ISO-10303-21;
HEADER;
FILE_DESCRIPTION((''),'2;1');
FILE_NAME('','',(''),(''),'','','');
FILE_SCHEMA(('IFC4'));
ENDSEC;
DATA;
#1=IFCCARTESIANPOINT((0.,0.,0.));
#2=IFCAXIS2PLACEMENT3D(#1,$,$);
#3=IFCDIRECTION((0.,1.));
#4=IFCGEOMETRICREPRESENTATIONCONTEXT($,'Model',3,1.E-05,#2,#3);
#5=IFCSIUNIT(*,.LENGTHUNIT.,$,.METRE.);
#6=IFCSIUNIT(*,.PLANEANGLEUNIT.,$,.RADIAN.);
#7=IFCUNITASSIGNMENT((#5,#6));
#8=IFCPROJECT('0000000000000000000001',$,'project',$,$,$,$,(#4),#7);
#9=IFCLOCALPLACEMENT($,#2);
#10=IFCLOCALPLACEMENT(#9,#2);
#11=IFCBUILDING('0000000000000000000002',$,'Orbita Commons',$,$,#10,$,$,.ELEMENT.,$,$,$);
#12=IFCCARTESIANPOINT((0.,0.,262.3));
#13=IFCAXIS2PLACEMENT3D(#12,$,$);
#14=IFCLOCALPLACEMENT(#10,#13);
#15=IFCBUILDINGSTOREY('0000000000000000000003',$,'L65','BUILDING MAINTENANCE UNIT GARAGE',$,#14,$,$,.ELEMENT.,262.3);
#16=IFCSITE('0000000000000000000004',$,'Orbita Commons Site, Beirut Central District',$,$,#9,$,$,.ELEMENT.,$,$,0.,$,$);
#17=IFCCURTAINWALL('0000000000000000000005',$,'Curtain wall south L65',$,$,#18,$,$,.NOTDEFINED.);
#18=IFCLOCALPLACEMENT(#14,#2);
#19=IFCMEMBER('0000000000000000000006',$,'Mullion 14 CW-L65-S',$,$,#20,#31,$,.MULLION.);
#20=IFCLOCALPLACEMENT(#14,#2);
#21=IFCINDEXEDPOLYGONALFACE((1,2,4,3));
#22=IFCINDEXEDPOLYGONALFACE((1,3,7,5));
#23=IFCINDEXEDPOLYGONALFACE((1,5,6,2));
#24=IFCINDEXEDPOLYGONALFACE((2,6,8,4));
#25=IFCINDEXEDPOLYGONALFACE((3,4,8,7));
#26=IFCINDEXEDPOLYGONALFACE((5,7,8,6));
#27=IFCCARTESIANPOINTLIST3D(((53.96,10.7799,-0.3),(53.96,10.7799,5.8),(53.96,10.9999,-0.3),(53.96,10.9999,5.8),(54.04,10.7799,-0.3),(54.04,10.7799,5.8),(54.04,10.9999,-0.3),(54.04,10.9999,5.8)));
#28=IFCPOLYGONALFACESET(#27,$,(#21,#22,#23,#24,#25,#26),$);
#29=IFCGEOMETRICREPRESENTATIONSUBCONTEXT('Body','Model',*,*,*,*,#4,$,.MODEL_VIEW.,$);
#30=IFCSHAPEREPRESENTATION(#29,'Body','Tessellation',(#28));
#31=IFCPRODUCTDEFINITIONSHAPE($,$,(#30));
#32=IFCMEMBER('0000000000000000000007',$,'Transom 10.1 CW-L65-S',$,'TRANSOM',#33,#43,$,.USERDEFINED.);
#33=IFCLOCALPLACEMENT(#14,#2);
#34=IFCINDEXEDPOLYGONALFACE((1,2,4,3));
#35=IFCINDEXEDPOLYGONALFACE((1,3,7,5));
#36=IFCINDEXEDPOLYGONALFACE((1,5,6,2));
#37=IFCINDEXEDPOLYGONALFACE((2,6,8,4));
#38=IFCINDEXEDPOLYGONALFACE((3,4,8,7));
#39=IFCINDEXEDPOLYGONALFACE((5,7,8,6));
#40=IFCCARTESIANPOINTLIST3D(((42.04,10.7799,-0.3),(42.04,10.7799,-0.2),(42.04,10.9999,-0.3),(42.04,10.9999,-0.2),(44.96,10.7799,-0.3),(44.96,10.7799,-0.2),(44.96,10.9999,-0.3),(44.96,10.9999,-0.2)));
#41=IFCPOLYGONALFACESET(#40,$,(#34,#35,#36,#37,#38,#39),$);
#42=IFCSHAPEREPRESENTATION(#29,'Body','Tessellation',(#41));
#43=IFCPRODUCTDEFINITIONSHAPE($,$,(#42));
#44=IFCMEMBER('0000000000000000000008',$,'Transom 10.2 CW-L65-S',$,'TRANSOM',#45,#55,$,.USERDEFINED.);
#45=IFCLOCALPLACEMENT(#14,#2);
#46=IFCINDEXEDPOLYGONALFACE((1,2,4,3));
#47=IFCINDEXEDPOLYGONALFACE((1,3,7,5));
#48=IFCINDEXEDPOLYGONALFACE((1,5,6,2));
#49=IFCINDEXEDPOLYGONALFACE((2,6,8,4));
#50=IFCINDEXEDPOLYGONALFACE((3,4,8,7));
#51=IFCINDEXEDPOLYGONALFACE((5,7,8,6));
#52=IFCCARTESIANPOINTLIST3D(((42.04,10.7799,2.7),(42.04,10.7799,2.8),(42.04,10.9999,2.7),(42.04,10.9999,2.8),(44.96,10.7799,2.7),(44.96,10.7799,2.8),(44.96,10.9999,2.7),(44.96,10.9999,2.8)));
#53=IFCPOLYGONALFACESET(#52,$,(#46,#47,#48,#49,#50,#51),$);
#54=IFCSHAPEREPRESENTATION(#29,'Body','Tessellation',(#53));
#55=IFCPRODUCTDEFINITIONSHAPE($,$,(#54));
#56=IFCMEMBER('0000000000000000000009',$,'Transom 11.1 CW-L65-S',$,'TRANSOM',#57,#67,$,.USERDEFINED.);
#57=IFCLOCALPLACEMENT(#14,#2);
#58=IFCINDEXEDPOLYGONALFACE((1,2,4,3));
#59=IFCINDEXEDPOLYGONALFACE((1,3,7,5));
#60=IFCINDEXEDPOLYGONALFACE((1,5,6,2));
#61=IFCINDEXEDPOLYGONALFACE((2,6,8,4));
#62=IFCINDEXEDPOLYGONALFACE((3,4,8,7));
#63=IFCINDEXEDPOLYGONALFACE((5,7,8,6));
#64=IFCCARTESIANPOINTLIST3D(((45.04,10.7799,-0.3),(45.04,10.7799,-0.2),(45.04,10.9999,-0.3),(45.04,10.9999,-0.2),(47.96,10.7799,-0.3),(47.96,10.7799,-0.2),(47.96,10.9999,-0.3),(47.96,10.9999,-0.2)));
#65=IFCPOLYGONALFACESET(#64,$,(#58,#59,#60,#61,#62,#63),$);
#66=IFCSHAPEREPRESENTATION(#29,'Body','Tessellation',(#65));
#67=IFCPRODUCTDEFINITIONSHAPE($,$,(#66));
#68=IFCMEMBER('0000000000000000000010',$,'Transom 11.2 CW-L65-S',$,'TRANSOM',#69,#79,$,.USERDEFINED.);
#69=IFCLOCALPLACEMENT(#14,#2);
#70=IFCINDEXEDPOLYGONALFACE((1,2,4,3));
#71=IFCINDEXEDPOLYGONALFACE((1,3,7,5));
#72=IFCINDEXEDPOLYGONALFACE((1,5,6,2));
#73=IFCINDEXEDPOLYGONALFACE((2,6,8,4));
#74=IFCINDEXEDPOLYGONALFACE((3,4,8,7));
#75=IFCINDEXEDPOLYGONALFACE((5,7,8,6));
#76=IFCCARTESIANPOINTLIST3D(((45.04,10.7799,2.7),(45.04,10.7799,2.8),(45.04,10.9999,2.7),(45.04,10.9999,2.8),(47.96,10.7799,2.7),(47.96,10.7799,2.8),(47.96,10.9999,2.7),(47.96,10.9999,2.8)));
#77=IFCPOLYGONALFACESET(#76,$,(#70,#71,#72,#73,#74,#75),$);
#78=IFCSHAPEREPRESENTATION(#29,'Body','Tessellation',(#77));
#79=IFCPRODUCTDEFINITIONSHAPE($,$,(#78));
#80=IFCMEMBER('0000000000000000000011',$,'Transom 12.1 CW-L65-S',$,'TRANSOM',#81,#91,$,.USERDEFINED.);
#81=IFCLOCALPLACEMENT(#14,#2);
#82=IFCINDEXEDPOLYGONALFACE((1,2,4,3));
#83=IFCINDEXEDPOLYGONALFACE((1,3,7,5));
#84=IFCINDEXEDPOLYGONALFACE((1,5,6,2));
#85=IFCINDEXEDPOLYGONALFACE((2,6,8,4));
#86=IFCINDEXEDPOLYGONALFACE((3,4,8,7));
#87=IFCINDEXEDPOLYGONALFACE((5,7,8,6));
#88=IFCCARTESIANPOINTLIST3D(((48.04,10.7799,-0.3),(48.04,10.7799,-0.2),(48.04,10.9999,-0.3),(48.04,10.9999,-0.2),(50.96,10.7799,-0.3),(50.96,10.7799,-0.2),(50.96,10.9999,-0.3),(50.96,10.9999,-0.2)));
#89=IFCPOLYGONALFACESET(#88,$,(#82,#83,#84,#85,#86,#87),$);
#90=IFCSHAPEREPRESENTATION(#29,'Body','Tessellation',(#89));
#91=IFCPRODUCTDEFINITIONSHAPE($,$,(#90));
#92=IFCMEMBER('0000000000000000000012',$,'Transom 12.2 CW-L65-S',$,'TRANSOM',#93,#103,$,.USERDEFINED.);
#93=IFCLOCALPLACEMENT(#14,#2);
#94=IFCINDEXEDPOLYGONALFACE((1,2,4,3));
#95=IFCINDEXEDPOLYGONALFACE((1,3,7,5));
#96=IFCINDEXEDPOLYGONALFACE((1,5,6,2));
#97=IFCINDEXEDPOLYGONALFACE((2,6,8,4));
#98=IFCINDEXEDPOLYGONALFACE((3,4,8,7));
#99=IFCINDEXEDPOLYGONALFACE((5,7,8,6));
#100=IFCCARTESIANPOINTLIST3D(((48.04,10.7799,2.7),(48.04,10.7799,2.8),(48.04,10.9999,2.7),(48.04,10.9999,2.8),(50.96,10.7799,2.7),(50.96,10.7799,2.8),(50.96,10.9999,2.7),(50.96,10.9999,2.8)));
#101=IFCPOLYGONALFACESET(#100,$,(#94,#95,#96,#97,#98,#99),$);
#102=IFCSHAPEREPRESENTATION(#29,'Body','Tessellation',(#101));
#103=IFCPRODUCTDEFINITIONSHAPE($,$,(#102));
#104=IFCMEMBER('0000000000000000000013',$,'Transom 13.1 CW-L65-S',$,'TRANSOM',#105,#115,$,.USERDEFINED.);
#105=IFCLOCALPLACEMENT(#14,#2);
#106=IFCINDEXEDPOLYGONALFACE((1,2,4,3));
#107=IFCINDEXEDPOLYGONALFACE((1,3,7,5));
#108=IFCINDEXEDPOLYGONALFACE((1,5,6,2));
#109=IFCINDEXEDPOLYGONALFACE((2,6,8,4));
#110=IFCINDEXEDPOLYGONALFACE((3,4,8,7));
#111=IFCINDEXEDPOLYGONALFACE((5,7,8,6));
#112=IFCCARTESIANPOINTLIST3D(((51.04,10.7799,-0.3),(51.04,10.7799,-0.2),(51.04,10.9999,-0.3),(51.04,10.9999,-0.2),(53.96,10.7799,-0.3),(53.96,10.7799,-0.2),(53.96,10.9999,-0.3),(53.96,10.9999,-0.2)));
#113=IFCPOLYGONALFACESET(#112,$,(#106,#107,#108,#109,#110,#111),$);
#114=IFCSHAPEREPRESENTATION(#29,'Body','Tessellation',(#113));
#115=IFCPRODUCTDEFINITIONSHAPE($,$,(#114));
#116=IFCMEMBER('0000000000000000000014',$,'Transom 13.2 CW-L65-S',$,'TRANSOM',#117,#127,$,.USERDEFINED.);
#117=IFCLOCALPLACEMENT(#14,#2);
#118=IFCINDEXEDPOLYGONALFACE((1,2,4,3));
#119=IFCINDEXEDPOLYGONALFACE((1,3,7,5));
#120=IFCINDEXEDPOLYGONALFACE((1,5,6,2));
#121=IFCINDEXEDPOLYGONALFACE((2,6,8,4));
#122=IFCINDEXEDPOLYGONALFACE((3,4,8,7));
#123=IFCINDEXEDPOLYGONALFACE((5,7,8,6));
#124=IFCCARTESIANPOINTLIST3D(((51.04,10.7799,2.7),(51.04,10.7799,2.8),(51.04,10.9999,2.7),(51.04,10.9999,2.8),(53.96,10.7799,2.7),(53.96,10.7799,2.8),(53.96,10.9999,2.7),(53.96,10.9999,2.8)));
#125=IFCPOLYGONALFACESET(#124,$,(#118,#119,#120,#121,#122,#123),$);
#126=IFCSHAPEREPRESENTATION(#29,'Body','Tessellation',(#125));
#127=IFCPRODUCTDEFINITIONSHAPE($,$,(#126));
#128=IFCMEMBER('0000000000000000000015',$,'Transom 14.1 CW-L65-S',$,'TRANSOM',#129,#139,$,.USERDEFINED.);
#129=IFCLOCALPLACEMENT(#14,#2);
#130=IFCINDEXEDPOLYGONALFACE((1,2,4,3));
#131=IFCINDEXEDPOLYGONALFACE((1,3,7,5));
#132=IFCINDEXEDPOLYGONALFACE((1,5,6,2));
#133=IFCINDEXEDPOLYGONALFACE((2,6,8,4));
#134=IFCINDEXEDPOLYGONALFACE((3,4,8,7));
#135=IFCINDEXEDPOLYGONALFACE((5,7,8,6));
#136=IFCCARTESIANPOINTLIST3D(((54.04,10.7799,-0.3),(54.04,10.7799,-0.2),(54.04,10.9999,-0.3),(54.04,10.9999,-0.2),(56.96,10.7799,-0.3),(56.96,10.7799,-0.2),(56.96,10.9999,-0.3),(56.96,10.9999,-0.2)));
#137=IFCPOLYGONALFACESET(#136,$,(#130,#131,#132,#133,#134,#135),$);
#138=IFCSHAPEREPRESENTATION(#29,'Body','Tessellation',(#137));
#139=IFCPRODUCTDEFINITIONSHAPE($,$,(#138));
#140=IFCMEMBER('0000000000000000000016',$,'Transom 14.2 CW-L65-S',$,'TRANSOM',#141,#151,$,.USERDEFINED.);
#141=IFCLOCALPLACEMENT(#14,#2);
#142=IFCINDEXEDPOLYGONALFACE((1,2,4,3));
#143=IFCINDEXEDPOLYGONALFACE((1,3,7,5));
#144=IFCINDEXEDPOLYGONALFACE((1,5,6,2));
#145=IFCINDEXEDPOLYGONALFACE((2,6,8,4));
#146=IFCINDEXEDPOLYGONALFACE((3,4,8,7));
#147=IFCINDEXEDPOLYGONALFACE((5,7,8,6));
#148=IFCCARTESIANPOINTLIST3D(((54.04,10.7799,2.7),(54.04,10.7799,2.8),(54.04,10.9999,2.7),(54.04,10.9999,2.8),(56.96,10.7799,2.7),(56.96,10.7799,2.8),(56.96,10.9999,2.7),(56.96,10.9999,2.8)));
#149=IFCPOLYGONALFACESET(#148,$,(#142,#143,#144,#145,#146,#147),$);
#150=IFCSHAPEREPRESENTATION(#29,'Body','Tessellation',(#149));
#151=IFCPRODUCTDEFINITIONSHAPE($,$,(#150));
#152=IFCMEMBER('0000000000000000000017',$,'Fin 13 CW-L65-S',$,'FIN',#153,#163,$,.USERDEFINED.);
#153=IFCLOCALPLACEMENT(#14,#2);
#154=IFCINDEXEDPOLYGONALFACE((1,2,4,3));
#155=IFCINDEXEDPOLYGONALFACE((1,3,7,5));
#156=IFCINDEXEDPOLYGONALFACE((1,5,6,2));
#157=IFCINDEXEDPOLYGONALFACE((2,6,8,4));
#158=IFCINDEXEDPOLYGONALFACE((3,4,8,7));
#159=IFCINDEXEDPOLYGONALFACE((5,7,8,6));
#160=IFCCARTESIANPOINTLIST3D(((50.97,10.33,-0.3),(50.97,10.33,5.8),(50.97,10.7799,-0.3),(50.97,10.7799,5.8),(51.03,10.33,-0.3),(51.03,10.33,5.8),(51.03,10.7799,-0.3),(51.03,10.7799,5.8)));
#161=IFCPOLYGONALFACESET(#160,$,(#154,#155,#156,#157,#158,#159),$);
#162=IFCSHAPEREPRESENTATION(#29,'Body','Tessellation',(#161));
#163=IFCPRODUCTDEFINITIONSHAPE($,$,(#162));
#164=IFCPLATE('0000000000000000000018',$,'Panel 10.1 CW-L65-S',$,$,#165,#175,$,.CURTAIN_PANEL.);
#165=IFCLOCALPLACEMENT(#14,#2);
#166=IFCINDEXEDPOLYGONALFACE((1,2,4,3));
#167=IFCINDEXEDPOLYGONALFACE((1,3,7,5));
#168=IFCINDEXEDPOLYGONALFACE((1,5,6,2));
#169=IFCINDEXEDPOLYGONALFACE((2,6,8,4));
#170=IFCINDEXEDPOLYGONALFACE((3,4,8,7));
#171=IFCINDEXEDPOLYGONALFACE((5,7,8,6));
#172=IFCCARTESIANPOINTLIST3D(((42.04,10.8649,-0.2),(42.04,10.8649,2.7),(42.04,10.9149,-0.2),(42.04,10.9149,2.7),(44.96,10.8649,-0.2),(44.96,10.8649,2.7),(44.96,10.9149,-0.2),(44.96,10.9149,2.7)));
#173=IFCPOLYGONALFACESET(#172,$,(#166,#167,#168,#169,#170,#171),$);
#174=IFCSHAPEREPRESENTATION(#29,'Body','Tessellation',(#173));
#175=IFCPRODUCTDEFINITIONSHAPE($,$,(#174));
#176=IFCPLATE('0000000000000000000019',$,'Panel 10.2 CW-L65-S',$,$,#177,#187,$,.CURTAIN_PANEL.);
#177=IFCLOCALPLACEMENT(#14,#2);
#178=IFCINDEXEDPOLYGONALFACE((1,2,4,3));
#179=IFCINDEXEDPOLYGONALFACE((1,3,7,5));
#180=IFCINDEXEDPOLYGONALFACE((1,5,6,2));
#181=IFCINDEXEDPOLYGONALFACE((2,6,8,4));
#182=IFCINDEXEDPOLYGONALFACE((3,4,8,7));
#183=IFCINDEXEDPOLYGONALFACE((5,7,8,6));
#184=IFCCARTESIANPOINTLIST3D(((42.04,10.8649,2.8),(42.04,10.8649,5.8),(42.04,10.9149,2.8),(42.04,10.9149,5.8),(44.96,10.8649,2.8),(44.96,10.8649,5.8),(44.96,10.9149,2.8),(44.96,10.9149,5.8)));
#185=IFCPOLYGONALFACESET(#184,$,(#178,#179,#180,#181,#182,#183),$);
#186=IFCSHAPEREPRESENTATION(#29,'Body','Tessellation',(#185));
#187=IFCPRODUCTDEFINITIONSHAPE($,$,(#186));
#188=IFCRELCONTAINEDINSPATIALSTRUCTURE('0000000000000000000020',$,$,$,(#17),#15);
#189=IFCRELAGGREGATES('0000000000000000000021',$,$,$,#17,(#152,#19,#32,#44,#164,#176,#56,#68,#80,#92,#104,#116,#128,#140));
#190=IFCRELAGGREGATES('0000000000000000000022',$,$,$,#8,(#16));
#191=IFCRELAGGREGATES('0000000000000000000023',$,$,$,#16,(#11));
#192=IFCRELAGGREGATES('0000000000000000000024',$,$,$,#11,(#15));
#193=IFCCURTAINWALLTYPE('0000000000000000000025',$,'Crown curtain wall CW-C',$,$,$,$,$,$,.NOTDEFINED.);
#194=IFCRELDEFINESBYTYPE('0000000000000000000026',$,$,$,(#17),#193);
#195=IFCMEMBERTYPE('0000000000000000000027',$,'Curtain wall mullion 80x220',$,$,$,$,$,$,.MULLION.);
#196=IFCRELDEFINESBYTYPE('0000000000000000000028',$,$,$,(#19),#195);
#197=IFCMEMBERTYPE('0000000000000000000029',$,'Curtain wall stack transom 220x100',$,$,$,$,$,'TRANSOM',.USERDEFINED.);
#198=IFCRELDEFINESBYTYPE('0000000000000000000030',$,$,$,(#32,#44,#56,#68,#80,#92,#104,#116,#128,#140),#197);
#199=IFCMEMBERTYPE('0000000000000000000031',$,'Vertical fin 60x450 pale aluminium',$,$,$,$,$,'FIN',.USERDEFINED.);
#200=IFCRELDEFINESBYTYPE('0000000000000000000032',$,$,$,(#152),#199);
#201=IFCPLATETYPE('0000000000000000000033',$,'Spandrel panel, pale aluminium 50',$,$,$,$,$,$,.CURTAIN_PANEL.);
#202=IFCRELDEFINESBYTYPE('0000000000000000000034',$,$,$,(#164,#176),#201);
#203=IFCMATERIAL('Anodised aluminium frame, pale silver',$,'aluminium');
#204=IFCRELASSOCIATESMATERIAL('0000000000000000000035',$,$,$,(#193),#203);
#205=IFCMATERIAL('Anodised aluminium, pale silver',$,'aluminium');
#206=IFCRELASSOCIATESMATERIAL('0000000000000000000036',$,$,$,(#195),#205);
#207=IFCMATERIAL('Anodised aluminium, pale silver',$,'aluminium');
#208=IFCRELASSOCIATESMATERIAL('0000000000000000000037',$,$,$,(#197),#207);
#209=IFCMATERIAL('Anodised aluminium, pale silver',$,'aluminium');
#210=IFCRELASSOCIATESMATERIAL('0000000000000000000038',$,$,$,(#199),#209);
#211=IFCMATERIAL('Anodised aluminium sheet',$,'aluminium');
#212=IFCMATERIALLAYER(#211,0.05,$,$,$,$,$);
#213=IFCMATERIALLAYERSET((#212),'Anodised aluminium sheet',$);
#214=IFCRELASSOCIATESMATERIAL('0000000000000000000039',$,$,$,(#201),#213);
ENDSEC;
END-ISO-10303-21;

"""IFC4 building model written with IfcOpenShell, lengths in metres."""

from ifc_helpers import new_model, si_unit, direction, frame, origin, origin_2d, place, context, subcontext, project, spatial, rectangle, extrude, material, layer, layer_set, material_profile, profile_set, type_object, element, aggregate, save


model = new_model("IFC4")

# Units and contexts
model_context = context("Model", 3, precision=1e-05, world=origin(), true_north=direction((0.0, 1.0)))
body_context = subcontext(model_context, "Body", "Model", "MODEL_VIEW")
ifc_project = project(units=[si_unit("LENGTHUNIT", "METRE"), si_unit("PLANEANGLEUNIT", "RADIAN")], contexts=[model_context])

# Site, building, storey
site_placement = place(None, origin())
site = spatial("IfcSite", under=ifc_project, at=site_placement, Name="Orbita Commons Site, Beirut Central District", CompositionType="ELEMENT", RefElevation=0.0)
building_placement = place(site_placement, origin())
building = spatial("IfcBuilding", under=site, at=building_placement, Name="Orbita Commons", CompositionType="ELEMENT")
storey_placement = place(building_placement, frame((0.0, 0.0, 262.3)))
storey = spatial("IfcBuildingStorey", under=building, at=storey_placement, Name="L65", Description="BUILDING MAINTENANCE UNIT GARAGE", CompositionType="ELEMENT", Elevation=262.3)

# Curtain wall, members, plates
ifc_material_1 = material(Name="Anodised aluminium frame, pale silver", Category="aluminium")
curtain_wall_type = type_object("IfcCurtainWallType", Name="Crown curtain wall CW-C", PredefinedType="NOTDEFINED", material=ifc_material_1)
curtain_wall_placement = place(storey_placement, origin())
curtain_wall = element("IfcCurtainWall", 1, at=curtain_wall_placement, inside=storey, type_object=curtain_wall_type, Name="Curtain wall south L65", PredefinedType="NOTDEFINED")
ifc_material_2 = material(Name="Anodised aluminium, pale silver", Category="aluminium")
ifc_material_profile_1 = material_profile(ifc_material_2, rectangle(XDim=0.0801, YDim=0.22, at=origin_2d()), Name="AL 80x220")
ifc_profile_set_1 = profile_set([ifc_material_profile_1], Name="Anodised aluminium, pale silver")
member_type_1 = type_object("IfcMemberType", Name="Curtain wall mullion 80x220", PredefinedType="MULLION", material=ifc_profile_set_1)
member_1_placement = place(storey_placement, frame((54.0, 10.8899, -0.3), z_axis=(0.0, 0.0, 1.0), x_axis=(1.0, 0.0, 0.0)))
member_1 = element("IfcMember", 2, at=member_1_placement, type_object=member_type_1, Name="Mullion 14 CW-L65-S", PredefinedType="MULLION", context=body_context, shape_type="SweptSolid", body=[
    extrude(rectangle(XDim=0.0801, YDim=0.22, at=origin_2d()), origin(), (0.0, 0.0, 1.0), 6.1001),
])
ifc_material_3 = material(Name="Anodised aluminium, pale silver", Category="aluminium")
ifc_material_profile_2 = material_profile(ifc_material_3, rectangle(XDim=0.22, YDim=0.1001, at=origin_2d()), Name="AL 220x100")
ifc_profile_set_2 = profile_set([ifc_material_profile_2], Name="Anodised aluminium, pale silver")
member_type_2 = type_object("IfcMemberType", Name="Curtain wall stack transom 220x100", ElementType="TRANSOM", PredefinedType="USERDEFINED", material=ifc_profile_set_2)
member_2_placement = place(storey_placement, frame((42.04, 10.8899, -0.25), z_axis=(1.0, 0.0, 0.0), x_axis=(0.0, 1.0, 0.0)))
member_2 = element("IfcMember", 3, at=member_2_placement, type_object=member_type_2, Name="Transom 10.1 CW-L65-S", ObjectType="TRANSOM", PredefinedType="USERDEFINED", context=body_context, shape_type="SweptSolid", body=[
    extrude(rectangle(XDim=0.22, YDim=0.1001, at=origin_2d()), origin(), (0.0, 0.0, 1.0), 2.9199),
])
member_3_placement = place(storey_placement, frame((42.04, 10.8899, 2.75), z_axis=(1.0, 0.0, 0.0), x_axis=(0.0, 1.0, 0.0)))
member_3 = element("IfcMember", 4, at=member_3_placement, type_object=member_type_2, Name="Transom 10.2 CW-L65-S", ObjectType="TRANSOM", PredefinedType="USERDEFINED", context=body_context, shape_type="SweptSolid", body=[
    extrude(rectangle(XDim=0.22, YDim=0.1001, at=origin_2d()), origin(), (0.0, 0.0, 1.0), 2.9199),
])
member_4_placement = place(storey_placement, frame((45.04, 10.8899, -0.25), z_axis=(1.0, 0.0, 0.0), x_axis=(0.0, 1.0, 0.0)))
member_4 = element("IfcMember", 5, at=member_4_placement, type_object=member_type_2, Name="Transom 11.1 CW-L65-S", ObjectType="TRANSOM", PredefinedType="USERDEFINED", context=body_context, shape_type="SweptSolid", body=[
    extrude(rectangle(XDim=0.22, YDim=0.1001, at=origin_2d()), origin(), (0.0, 0.0, 1.0), 2.9199),
])
member_5_placement = place(storey_placement, frame((45.04, 10.8899, 2.75), z_axis=(1.0, 0.0, 0.0), x_axis=(0.0, 1.0, 0.0)))
member_5 = element("IfcMember", 6, at=member_5_placement, type_object=member_type_2, Name="Transom 11.2 CW-L65-S", ObjectType="TRANSOM", PredefinedType="USERDEFINED", context=body_context, shape_type="SweptSolid", body=[
    extrude(rectangle(XDim=0.22, YDim=0.1001, at=origin_2d()), origin(), (0.0, 0.0, 1.0), 2.9199),
])
member_6_placement = place(storey_placement, frame((48.04, 10.8899, -0.25), z_axis=(1.0, 0.0, 0.0), x_axis=(0.0, 1.0, 0.0)))
member_6 = element("IfcMember", 7, at=member_6_placement, type_object=member_type_2, Name="Transom 12.1 CW-L65-S", ObjectType="TRANSOM", PredefinedType="USERDEFINED", context=body_context, shape_type="SweptSolid", body=[
    extrude(rectangle(XDim=0.22, YDim=0.1001, at=origin_2d()), origin(), (0.0, 0.0, 1.0), 2.9199),
])
member_7_placement = place(storey_placement, frame((48.04, 10.8899, 2.75), z_axis=(1.0, 0.0, 0.0), x_axis=(0.0, 1.0, 0.0)))
member_7 = element("IfcMember", 8, at=member_7_placement, type_object=member_type_2, Name="Transom 12.2 CW-L65-S", ObjectType="TRANSOM", PredefinedType="USERDEFINED", context=body_context, shape_type="SweptSolid", body=[
    extrude(rectangle(XDim=0.22, YDim=0.1001, at=origin_2d()), origin(), (0.0, 0.0, 1.0), 2.9199),
])
member_8_placement = place(storey_placement, frame((51.04, 10.8899, -0.25), z_axis=(1.0, 0.0, 0.0), x_axis=(0.0, 1.0, 0.0)))
member_8 = element("IfcMember", 9, at=member_8_placement, type_object=member_type_2, Name="Transom 13.1 CW-L65-S", ObjectType="TRANSOM", PredefinedType="USERDEFINED", context=body_context, shape_type="SweptSolid", body=[
    extrude(rectangle(XDim=0.22, YDim=0.1001, at=origin_2d()), origin(), (0.0, 0.0, 1.0), 2.9199),
])
member_9_placement = place(storey_placement, frame((51.04, 10.8899, 2.75), z_axis=(1.0, 0.0, 0.0), x_axis=(0.0, 1.0, 0.0)))
member_9 = element("IfcMember", 10, at=member_9_placement, type_object=member_type_2, Name="Transom 13.2 CW-L65-S", ObjectType="TRANSOM", PredefinedType="USERDEFINED", context=body_context, shape_type="SweptSolid", body=[
    extrude(rectangle(XDim=0.22, YDim=0.1001, at=origin_2d()), origin(), (0.0, 0.0, 1.0), 2.9199),
])
member_10_placement = place(storey_placement, frame((54.04, 10.8899, -0.25), z_axis=(1.0, 0.0, 0.0), x_axis=(0.0, 1.0, 0.0)))
member_10 = element("IfcMember", 11, at=member_10_placement, type_object=member_type_2, Name="Transom 14.1 CW-L65-S", ObjectType="TRANSOM", PredefinedType="USERDEFINED", context=body_context, shape_type="SweptSolid", body=[
    extrude(rectangle(XDim=0.22, YDim=0.1001, at=origin_2d()), origin(), (0.0, 0.0, 1.0), 2.9199),
])
member_11_placement = place(storey_placement, frame((54.04, 10.8899, 2.75), z_axis=(1.0, 0.0, 0.0), x_axis=(0.0, 1.0, 0.0)))
member_11 = element("IfcMember", 12, at=member_11_placement, type_object=member_type_2, Name="Transom 14.2 CW-L65-S", ObjectType="TRANSOM", PredefinedType="USERDEFINED", context=body_context, shape_type="SweptSolid", body=[
    extrude(rectangle(XDim=0.22, YDim=0.1001, at=origin_2d()), origin(), (0.0, 0.0, 1.0), 2.9199),
])
ifc_material_4 = material(Name="Anodised aluminium, pale silver", Category="aluminium")
ifc_material_profile_3 = material_profile(ifc_material_4, rectangle(XDim=0.0601, YDim=0.45, at=origin_2d()), Name="FIN 60x450")
ifc_profile_set_3 = profile_set([ifc_material_profile_3], Name="Anodised aluminium, pale silver")
member_type_3 = type_object("IfcMemberType", Name="Vertical fin 60x450 pale aluminium", ElementType="FIN", PredefinedType="USERDEFINED", material=ifc_profile_set_3)
member_12_placement = place(storey_placement, frame((51.0, 10.5549, -0.3), z_axis=(0.0, 0.0, 1.0), x_axis=(1.0, 0.0, 0.0)))
member_12 = element("IfcMember", 13, at=member_12_placement, type_object=member_type_3, Name="Fin 13 CW-L65-S", ObjectType="FIN", PredefinedType="USERDEFINED", context=body_context, shape_type="SweptSolid", body=[
    extrude(rectangle(XDim=0.0601, YDim=0.45, at=origin_2d()), origin(), (0.0, 0.0, 1.0), 6.1001),
])
ifc_material_5 = material(Name="Anodised aluminium sheet", Category="aluminium")
ifc_layer = layer(ifc_material_5, 0.05)
ifc_layer_set = layer_set([ifc_layer], Name="Anodised aluminium sheet")
plate_type = type_object("IfcPlateType", Name="Spandrel panel, pale aluminium 50", PredefinedType="CURTAIN_PANEL", material=ifc_layer_set)
plate_1_placement = place(storey_placement, frame((43.5, 10.8899, -0.2), z_axis=(0.0, 0.0, 1.0), x_axis=(1.0, 0.0, 0.0)))
plate_1 = element("IfcPlate", 14, at=plate_1_placement, type_object=plate_type, Name="Panel 10.1 CW-L65-S", PredefinedType="CURTAIN_PANEL", context=body_context, shape_type="SweptSolid", body=[
    extrude(rectangle(XDim=2.9199, YDim=0.05, at=origin_2d()), origin(), (0.0, 0.0, 1.0), 2.8999),
])
plate_2_placement = place(storey_placement, frame((43.5, 10.8899, 2.8), z_axis=(0.0, 0.0, 1.0), x_axis=(1.0, 0.0, 0.0)))
plate_2 = element("IfcPlate", 15, at=plate_2_placement, type_object=plate_type, Name="Panel 10.2 CW-L65-S", PredefinedType="CURTAIN_PANEL", context=body_context, shape_type="SweptSolid", body=[
    extrude(rectangle(XDim=2.9199, YDim=0.05, at=origin_2d()), origin(), (0.0, 0.0, 1.0), 3.0),
])
aggregate(curtain_wall, [member_12, member_1, member_2, member_3, plate_1, plate_2, member_4, member_5, member_6, member_7, member_8, member_9, member_10, member_11])

save(model, "model.ifc")
